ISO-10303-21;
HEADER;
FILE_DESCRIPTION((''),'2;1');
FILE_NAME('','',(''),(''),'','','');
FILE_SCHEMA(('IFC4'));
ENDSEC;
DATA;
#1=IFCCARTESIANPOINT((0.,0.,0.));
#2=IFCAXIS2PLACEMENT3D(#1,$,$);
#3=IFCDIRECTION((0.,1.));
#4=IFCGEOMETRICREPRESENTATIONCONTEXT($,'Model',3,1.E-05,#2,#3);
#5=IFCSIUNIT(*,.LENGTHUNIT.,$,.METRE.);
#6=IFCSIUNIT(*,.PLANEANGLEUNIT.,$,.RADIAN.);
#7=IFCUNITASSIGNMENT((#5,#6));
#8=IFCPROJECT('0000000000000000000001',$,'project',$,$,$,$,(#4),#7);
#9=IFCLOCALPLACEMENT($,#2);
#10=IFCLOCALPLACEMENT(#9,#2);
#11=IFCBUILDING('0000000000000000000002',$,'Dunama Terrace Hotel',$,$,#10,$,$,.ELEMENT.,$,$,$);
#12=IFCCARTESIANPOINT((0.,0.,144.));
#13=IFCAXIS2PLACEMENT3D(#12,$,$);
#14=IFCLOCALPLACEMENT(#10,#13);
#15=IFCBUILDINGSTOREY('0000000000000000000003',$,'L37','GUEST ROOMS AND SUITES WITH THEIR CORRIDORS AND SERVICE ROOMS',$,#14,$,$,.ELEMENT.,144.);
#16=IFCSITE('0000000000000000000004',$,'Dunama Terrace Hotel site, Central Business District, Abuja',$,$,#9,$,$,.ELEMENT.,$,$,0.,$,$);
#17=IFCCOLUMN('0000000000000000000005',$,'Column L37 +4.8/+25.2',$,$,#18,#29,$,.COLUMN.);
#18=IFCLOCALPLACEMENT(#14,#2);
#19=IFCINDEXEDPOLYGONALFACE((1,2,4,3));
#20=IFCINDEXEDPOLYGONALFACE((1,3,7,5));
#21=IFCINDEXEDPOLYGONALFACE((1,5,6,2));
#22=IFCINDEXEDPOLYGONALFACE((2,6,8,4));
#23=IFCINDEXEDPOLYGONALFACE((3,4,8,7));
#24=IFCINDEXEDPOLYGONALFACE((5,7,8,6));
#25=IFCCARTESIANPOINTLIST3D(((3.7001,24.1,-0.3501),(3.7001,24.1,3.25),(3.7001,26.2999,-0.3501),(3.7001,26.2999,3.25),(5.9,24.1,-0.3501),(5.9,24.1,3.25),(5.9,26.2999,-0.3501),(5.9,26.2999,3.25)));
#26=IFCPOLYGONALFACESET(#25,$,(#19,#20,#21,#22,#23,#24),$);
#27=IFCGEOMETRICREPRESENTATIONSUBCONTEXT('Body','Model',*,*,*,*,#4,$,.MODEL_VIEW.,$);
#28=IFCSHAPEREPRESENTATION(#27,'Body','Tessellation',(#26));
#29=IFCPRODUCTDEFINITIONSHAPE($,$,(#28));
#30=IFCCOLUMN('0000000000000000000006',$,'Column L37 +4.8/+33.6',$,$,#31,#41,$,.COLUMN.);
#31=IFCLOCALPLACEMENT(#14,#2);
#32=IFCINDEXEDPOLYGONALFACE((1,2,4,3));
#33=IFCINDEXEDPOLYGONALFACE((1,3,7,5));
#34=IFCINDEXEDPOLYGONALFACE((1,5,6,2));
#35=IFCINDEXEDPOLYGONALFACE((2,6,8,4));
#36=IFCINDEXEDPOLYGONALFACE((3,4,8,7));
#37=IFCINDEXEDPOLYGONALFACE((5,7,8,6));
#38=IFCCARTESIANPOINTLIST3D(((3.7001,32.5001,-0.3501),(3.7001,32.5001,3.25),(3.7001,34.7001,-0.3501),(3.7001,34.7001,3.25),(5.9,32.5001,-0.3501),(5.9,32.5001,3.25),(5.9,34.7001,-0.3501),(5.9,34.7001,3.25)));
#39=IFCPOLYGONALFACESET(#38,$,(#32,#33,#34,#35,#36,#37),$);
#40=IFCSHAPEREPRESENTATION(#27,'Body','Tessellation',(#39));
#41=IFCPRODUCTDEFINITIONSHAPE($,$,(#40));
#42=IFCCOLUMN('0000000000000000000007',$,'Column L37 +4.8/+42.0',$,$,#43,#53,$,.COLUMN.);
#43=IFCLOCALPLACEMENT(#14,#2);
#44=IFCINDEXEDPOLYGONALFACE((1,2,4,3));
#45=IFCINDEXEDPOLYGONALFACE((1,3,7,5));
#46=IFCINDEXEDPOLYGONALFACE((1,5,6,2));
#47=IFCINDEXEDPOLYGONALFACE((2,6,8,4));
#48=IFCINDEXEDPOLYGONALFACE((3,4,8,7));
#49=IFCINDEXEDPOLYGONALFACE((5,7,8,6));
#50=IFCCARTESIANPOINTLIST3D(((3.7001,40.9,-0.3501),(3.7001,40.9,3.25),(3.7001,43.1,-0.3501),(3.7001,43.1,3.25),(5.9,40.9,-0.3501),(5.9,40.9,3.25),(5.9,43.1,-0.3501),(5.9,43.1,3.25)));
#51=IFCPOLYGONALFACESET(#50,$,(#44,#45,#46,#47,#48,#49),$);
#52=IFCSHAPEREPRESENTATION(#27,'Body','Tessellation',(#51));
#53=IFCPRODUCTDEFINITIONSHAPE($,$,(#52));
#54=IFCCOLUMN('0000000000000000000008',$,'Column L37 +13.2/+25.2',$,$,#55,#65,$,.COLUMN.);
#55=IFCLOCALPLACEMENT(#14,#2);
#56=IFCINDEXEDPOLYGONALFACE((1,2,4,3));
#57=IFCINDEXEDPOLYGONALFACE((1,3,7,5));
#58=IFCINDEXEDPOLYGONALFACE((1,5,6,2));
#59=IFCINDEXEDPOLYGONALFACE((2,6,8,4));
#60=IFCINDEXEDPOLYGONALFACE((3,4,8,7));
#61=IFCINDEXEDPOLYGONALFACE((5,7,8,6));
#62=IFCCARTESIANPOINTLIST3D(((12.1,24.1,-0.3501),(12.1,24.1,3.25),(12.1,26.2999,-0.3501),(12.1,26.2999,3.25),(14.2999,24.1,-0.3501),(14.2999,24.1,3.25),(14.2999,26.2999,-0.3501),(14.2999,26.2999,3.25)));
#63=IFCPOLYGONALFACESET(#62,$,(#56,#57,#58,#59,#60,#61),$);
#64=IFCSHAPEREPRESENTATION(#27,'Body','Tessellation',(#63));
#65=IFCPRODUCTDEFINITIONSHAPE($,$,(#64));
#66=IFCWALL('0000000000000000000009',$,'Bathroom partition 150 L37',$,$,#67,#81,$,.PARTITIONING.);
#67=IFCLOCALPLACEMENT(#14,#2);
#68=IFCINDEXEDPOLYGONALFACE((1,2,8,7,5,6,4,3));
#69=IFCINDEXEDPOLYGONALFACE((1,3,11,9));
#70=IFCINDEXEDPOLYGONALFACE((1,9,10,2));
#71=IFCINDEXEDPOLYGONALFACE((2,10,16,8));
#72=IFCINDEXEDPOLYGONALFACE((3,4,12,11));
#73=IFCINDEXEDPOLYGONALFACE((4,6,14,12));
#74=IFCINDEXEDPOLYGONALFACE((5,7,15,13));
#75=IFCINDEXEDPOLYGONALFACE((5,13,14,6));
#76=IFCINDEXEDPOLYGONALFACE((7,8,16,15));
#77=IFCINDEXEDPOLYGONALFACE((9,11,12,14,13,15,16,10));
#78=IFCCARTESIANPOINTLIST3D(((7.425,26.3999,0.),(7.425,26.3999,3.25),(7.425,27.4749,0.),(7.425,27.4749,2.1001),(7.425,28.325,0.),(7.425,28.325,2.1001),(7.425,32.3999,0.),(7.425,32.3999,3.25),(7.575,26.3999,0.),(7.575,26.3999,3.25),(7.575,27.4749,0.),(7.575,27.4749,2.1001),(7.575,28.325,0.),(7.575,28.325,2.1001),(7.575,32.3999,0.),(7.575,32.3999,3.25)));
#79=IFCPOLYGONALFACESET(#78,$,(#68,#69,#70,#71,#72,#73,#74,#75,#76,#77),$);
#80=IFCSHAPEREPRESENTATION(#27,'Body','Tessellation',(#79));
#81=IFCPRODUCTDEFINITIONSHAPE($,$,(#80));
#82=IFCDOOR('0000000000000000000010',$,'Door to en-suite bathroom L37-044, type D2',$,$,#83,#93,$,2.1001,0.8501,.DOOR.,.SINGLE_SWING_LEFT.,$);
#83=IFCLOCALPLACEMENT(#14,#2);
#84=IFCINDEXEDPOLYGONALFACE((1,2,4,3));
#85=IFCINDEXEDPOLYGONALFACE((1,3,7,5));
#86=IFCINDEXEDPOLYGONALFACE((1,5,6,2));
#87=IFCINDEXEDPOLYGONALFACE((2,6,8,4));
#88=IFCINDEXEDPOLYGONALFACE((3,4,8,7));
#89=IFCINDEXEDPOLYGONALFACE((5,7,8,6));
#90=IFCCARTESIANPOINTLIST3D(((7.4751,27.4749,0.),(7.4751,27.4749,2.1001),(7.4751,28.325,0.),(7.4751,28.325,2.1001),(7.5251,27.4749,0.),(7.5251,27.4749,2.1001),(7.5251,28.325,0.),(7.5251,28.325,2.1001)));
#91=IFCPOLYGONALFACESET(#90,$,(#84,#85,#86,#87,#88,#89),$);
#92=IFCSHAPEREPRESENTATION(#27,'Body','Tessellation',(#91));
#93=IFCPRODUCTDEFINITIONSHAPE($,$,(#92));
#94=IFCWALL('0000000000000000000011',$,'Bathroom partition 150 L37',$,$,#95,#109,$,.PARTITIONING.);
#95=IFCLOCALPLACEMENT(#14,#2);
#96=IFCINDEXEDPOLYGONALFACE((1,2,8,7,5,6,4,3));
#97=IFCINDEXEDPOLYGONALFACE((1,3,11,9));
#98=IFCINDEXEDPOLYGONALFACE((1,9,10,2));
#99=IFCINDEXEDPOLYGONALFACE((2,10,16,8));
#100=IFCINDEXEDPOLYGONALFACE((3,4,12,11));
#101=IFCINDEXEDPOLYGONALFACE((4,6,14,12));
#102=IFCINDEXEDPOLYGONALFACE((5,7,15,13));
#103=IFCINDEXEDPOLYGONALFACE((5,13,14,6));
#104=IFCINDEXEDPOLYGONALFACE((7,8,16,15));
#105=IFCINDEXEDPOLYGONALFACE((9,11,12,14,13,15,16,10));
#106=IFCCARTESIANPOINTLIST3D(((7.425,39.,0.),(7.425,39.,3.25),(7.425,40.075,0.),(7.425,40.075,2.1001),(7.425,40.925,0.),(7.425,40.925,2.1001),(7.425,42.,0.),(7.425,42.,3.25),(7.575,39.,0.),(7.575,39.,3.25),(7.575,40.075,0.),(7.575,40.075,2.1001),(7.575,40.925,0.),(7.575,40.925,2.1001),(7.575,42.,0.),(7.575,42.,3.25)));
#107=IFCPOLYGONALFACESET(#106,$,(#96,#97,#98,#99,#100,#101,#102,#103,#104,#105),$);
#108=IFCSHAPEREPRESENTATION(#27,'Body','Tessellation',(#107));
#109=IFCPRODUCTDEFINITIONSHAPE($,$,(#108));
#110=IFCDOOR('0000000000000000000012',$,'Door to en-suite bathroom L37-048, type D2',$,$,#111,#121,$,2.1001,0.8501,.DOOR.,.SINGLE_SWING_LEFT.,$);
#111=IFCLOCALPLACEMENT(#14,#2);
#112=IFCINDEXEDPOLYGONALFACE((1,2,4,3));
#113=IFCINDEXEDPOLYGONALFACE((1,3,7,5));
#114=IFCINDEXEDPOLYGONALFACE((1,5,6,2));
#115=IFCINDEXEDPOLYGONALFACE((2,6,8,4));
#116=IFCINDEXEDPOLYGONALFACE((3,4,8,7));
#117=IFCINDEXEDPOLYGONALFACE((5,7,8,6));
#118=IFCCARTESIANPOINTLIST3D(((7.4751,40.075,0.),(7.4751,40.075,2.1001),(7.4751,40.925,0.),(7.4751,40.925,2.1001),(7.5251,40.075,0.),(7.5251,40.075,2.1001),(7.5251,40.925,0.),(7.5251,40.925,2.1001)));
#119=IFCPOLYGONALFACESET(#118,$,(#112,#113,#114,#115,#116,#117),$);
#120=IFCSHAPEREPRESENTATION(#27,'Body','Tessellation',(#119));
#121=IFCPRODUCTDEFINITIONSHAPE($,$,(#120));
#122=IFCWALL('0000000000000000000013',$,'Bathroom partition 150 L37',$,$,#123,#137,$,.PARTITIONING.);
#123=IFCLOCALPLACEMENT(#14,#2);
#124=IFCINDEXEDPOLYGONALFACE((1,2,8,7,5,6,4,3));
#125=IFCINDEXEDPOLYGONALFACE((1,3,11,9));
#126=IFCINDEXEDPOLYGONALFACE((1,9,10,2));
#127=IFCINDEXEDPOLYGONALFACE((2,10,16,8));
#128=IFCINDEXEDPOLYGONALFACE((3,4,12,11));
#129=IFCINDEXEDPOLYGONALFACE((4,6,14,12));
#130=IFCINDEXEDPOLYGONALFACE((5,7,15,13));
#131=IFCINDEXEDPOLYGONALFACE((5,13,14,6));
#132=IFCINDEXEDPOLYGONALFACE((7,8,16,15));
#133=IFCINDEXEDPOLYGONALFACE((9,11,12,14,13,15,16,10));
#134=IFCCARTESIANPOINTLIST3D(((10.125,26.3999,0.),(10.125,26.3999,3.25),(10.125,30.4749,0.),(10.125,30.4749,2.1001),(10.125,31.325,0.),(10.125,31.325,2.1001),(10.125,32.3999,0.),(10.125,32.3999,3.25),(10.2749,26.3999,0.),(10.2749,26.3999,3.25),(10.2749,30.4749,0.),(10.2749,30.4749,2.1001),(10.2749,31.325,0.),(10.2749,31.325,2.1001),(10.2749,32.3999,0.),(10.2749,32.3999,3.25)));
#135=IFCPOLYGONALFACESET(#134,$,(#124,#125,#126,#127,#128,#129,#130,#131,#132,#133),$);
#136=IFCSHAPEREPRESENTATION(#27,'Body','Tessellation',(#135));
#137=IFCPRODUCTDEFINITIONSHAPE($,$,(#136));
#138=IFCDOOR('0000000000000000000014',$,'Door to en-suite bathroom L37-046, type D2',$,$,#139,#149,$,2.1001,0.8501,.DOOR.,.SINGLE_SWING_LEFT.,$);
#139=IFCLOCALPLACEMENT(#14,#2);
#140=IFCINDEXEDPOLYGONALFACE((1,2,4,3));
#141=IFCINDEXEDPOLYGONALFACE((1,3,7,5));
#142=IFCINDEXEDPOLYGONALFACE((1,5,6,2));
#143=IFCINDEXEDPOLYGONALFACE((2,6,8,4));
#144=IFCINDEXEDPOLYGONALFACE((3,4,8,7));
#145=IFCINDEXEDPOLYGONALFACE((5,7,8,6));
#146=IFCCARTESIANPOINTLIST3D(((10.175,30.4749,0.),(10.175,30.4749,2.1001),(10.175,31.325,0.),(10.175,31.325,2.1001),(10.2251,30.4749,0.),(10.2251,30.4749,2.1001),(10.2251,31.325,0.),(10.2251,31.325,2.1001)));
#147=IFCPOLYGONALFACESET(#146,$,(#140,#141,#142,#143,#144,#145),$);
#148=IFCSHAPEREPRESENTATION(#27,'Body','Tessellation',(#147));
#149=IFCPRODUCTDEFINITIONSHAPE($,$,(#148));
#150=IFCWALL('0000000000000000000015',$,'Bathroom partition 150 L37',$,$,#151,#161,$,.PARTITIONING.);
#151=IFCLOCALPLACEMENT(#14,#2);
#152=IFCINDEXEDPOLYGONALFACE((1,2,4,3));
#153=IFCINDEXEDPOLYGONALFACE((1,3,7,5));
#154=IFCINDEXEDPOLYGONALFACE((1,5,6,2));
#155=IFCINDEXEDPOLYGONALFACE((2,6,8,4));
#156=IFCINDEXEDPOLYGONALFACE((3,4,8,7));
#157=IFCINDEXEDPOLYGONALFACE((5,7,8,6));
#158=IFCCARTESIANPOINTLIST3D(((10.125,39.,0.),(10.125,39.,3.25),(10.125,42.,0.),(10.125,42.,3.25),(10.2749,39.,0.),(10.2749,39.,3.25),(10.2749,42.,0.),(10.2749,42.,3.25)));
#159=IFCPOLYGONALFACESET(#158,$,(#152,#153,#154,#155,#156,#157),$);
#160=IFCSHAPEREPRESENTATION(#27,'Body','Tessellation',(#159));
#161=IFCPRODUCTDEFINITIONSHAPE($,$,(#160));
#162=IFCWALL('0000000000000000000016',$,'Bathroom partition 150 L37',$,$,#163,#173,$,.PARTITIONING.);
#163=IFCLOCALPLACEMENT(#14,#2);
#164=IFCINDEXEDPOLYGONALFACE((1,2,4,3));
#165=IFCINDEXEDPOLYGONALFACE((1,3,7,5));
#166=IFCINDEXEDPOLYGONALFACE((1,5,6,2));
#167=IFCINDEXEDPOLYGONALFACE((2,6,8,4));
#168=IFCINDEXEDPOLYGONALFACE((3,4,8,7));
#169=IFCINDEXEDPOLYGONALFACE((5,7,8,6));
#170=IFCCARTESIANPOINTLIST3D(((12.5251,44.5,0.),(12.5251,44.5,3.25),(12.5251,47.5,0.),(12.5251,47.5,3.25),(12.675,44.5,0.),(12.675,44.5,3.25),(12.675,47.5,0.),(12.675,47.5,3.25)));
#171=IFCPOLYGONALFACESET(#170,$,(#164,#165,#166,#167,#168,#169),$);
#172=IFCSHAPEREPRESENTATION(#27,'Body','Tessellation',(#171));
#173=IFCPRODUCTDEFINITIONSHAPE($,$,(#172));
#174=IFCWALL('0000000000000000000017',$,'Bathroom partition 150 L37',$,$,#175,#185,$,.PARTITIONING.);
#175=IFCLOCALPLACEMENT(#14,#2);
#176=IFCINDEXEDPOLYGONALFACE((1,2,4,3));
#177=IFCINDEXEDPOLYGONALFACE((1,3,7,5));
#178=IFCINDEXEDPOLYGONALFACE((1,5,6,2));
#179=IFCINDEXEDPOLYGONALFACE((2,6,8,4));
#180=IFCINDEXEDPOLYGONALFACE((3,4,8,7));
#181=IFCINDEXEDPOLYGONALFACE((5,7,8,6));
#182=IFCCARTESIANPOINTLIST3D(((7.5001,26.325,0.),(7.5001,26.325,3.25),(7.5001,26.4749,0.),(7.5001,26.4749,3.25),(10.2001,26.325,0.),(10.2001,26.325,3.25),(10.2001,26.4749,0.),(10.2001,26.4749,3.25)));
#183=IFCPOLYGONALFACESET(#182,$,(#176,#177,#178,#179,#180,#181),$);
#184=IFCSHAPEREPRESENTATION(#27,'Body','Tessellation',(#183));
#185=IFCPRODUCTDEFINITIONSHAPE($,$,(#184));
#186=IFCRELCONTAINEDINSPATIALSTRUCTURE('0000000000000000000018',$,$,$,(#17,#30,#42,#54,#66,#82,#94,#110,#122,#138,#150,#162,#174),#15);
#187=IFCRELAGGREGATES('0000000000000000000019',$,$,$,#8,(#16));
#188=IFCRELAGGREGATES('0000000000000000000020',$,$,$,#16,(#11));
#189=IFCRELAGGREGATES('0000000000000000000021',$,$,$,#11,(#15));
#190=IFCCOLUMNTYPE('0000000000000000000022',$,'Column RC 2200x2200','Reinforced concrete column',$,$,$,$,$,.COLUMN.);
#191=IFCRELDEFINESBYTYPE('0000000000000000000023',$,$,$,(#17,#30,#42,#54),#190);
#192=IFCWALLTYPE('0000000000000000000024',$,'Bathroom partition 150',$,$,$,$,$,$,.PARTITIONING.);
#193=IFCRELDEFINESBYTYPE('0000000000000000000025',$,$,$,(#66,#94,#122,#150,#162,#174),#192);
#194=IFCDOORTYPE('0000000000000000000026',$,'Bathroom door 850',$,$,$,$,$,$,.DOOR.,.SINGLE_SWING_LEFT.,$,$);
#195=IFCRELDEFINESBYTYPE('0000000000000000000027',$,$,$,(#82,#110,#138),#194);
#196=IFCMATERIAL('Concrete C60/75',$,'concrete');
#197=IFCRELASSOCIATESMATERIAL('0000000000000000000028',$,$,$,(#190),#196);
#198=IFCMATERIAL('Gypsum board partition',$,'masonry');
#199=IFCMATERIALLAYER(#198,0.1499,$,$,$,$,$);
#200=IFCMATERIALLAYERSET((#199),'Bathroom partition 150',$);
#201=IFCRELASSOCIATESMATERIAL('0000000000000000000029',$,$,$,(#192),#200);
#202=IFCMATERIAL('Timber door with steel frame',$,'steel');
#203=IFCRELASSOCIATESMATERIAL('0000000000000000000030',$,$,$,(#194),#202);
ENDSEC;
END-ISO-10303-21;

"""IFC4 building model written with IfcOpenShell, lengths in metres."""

from ifc_helpers import new_model, si_unit, direction, frame, frame_2d, origin, origin_2d, place, context, subcontext, project, spatial, rectangle, extrude, material, layer, layer_set, material_profile, profile_set, type_object, element, fill, save


model = new_model("IFC4")

# Units and contexts
model_context = context("Model", 3, precision=1e-05, world=origin(), true_north=direction((0.0, 1.0)))
body_context = subcontext(model_context, "Body", "Model", "MODEL_VIEW")
ifc_project = project(units=[si_unit("LENGTHUNIT", "METRE"), si_unit("PLANEANGLEUNIT", "RADIAN")], contexts=[model_context])

# Site, building, storey
site_placement = place(None, origin())
site = spatial("IfcSite", under=ifc_project, at=site_placement, Name="Dunama Terrace Hotel site, Central Business District, Abuja", CompositionType="ELEMENT", RefElevation=0.0)
building_placement = place(site_placement, origin())
building = spatial("IfcBuilding", under=site, at=building_placement, Name="Dunama Terrace Hotel", CompositionType="ELEMENT")
storey_placement = place(building_placement, frame((0.0, 0.0, 144.0)))
storey = spatial("IfcBuildingStorey", under=building, at=storey_placement, Name="L37", Description="GUEST ROOMS AND SUITES WITH THEIR CORRIDORS AND SERVICE ROOMS", CompositionType="ELEMENT", Elevation=144.0)

# Columns
ifc_material_1 = material(Name="Concrete C60/75", Category="concrete")
ifc_material_profile = material_profile(ifc_material_1, rectangle(XDim=2.2, YDim=2.2, at=origin_2d()), Name="RC 2200x2200")
ifc_profile_set = profile_set([ifc_material_profile], Name="Concrete C60/75")
column_type = type_object("IfcColumnType", Name="Column RC 2200x2200", Description="Reinforced concrete column", PredefinedType="COLUMN", material=ifc_profile_set)
for number, where, z_axis, x_axis, name in (
    (1, (4.8, 25.2, -0.3501), (0.0, 0.0, 1.0), (1.0, 0.0, 0.0), "Column L37 +4.8/+25.2"),
    (2, (4.8, 33.6001, -0.3501), (0.0, 0.0, 1.0), (1.0, 0.0, 0.0), "Column L37 +4.8/+33.6"),
    (3, (4.8, 42.0, -0.3501), (0.0, 0.0, 1.0), (1.0, 0.0, 0.0), "Column L37 +4.8/+42.0"),
    (4, (13.2, 25.2, -0.3501), (0.0, 0.0, 1.0), (1.0, 0.0, 0.0), "Column L37 +13.2/+25.2"),
):
    element("IfcColumn", number, at=place(storey_placement, frame(where, z_axis=z_axis, x_axis=x_axis)), inside=storey, type_object=column_type, Name=name, PredefinedType="COLUMN", context=body_context, shape_type="SweptSolid", body=[
        extrude(rectangle(XDim=2.2, YDim=2.2, at=origin_2d()), origin(), (0.0, 0.0, 1.0), 3.6001),
    ])

# Walls, openings, doors
ifc_material_2 = material(Name="Gypsum board partition", Category="masonry")
ifc_layer_1 = layer(ifc_material_2, 0.1499)
ifc_layer_set_1 = layer_set([ifc_layer_1], Name="Bathroom partition 150")
wall_type_1 = type_object("IfcWallType", Name="Bathroom partition 150", PredefinedType="PARTITIONING", material=ifc_layer_set_1)
wall_1_placement = place(storey_placement, frame((7.5, 26.3999, 0.0), z_axis=(0.0, 0.0, 1.0), x_axis=(0.0, 1.0, 0.0)))
wall_1 = element("IfcWall", 5, at=wall_1_placement, inside=storey, type_object=wall_type_1, Name="Bathroom partition 150 L37", PredefinedType="PARTITIONING", context=body_context, shape_type="SweptSolid", body=[
    extrude(rectangle(XDim=6.0, YDim=0.1499, at=frame_2d((3.0, 0.0))), origin(), (0.0, 0.0, 1.0), 3.25),
])
opening_1_placement = place(wall_1_placement, frame((1.075, 0.0, 0.0)))
opening_1 = element("IfcOpeningElement", 6, at=opening_1_placement, cuts=wall_1, PredefinedType="OPENING", context=body_context, shape_type="SweptSolid", body=[
    extrude(rectangle(XDim=0.8501, YDim=2.1001, at=frame_2d((0.425, 1.05))), frame((0.0, 0.085, 0.0), z_axis=(0.0, -1.0, 0.0), x_axis=(1.0, 0.0, 0.0)), (0.0, 0.0, 1.0), 0.1699),
])
ifc_material_3 = material(Name="Timber door with steel frame", Category="steel")
door_type_1 = type_object("IfcDoorType", Name="Bathroom door 850", OperationType="SINGLE_SWING_LEFT", PredefinedType="DOOR", material=ifc_material_3)
door_1_placement = place(opening_1_placement, frame((0.8501, 0.0, 0.0), z_axis=(0.0, 0.0, 1.0), x_axis=(-1.0, 0.0, 0.0)))
door_1 = element("IfcDoor", 7, at=door_1_placement, inside=storey, type_object=door_type_1, Name="Door to en-suite bathroom L37-044, type D2", OperationType="SINGLE_SWING_LEFT", OverallHeight=2.1001, OverallWidth=0.8501, PredefinedType="DOOR", context=body_context, shape_type="SweptSolid", body=[
    extrude(rectangle(XDim=0.8501, YDim=2.1001, at=frame_2d((0.425, 1.05))), frame((0.0, 0.0251, 0.0), z_axis=(0.0, -1.0, 0.0), x_axis=(1.0, 0.0, 0.0)), (0.0, 0.0, 1.0), 0.05),
])
fill(opening_1, door_1)
wall_2_placement = place(storey_placement, frame((7.5, 39.0, 0.0), z_axis=(0.0, 0.0, 1.0), x_axis=(0.0, 1.0, 0.0)))
wall_2 = element("IfcWall", 8, at=wall_2_placement, inside=storey, type_object=wall_type_1, Name="Bathroom partition 150 L37", PredefinedType="PARTITIONING", context=body_context, shape_type="SweptSolid", body=[
    extrude(rectangle(XDim=3.0, YDim=0.1499, at=frame_2d((1.5, 0.0))), origin(), (0.0, 0.0, 1.0), 3.25),
])
opening_2_placement = place(wall_2_placement, frame((1.075, 0.0, 0.0)))
opening_2 = element("IfcOpeningElement", 9, at=opening_2_placement, cuts=wall_2, PredefinedType="OPENING", context=body_context, shape_type="SweptSolid", body=[
    extrude(rectangle(XDim=0.8501, YDim=2.1001, at=frame_2d((0.425, 1.05))), frame((0.0, 0.085, 0.0), z_axis=(0.0, -1.0, 0.0), x_axis=(1.0, 0.0, 0.0)), (0.0, 0.0, 1.0), 0.1699),
])
door_2_placement = place(opening_2_placement, frame((0.8501, 0.0, 0.0), z_axis=(0.0, 0.0, 1.0), x_axis=(-1.0, 0.0, 0.0)))
door_2 = element("IfcDoor", 10, at=door_2_placement, inside=storey, type_object=door_type_1, Name="Door to en-suite bathroom L37-048, type D2", OperationType="SINGLE_SWING_LEFT", OverallHeight=2.1001, OverallWidth=0.8501, PredefinedType="DOOR", context=body_context, shape_type="SweptSolid", body=[
    extrude(rectangle(XDim=0.8501, YDim=2.1001, at=frame_2d((0.425, 1.05))), frame((0.0, 0.0251, 0.0), z_axis=(0.0, -1.0, 0.0), x_axis=(1.0, 0.0, 0.0)), (0.0, 0.0, 1.0), 0.05),
])
fill(opening_2, door_2)
wall_3_placement = place(storey_placement, frame((10.2, 26.3999, 0.0), z_axis=(0.0, 0.0, 1.0), x_axis=(0.0, 1.0, 0.0)))
wall_3 = element("IfcWall", 11, at=wall_3_placement, inside=storey, type_object=wall_type_1, Name="Bathroom partition 150 L37", PredefinedType="PARTITIONING", context=body_context, shape_type="SweptSolid", body=[
    extrude(rectangle(XDim=6.0, YDim=0.1499, at=frame_2d((3.0, 0.0))), origin(), (0.0, 0.0, 1.0), 3.25),
])
opening_3_placement = place(wall_3_placement, frame((4.075, 0.0, 0.0)))
opening_3 = element("IfcOpeningElement", 12, at=opening_3_placement, cuts=wall_3, PredefinedType="OPENING", context=body_context, shape_type="SweptSolid", body=[
    extrude(rectangle(XDim=0.8501, YDim=2.1001, at=frame_2d((0.425, 1.05))), frame((0.0, 0.085, 0.0), z_axis=(0.0, -1.0, 0.0), x_axis=(1.0, 0.0, 0.0)), (0.0, 0.0, 1.0), 0.1699),
])
door_3_placement = place(opening_3_placement, origin())
door_3 = element("IfcDoor", 13, at=door_3_placement, inside=storey, type_object=door_type_1, Name="Door to en-suite bathroom L37-046, type D2", OperationType="SINGLE_SWING_LEFT", OverallHeight=2.1001, OverallWidth=0.8501, PredefinedType="DOOR", context=body_context, shape_type="SweptSolid", body=[
    extrude(rectangle(XDim=0.8501, YDim=2.1001, at=frame_2d((0.425, 1.05))), frame((0.0, 0.0249, 0.0), z_axis=(0.0, -1.0, 0.0), x_axis=(1.0, 0.0, 0.0)), (0.0, 0.0, 1.0), 0.05),
])
fill(opening_3, door_3)

# Walls
for number, where, z_axis, x_axis, name in (
    (14, (10.2, 39.0, 0.0), (0.0, 0.0, 1.0), (0.0, 1.0, 0.0), "Bathroom partition 150 L37"),
    (15, (12.6001, 44.5, 0.0), (0.0, 0.0, 1.0), (0.0, 1.0, 0.0), "Bathroom partition 150 L37"),
):
    element("IfcWall", number, at=place(storey_placement, frame(where, z_axis=z_axis, x_axis=x_axis)), inside=storey, type_object=wall_type_1, Name=name, PredefinedType="PARTITIONING", context=body_context, shape_type="SweptSolid", body=[
        extrude(rectangle(XDim=3.0, YDim=0.1499, at=frame_2d((1.5, 0.0))), origin(), (0.0, 0.0, 1.0), 3.25),
    ])
for number, where, z_axis, x_axis, name in (
    (16, (7.5, 26.3999, 0.0), (0.0, 0.0, 1.0), (1.0, 0.0, 0.0), "Bathroom partition 150 L37"),
):
    element("IfcWall", number, at=place(storey_placement, frame(where, z_axis=z_axis, x_axis=x_axis)), inside=storey, type_object=wall_type_1, Name=name, PredefinedType="PARTITIONING", context=body_context, shape_type="SweptSolid", body=[
        extrude(rectangle(XDim=2.7, YDim=0.1499, at=frame_2d((1.3501, 0.0))), origin(), (0.0, 0.0, 1.0), 3.25),
    ])

save(model, "model.ifc")
